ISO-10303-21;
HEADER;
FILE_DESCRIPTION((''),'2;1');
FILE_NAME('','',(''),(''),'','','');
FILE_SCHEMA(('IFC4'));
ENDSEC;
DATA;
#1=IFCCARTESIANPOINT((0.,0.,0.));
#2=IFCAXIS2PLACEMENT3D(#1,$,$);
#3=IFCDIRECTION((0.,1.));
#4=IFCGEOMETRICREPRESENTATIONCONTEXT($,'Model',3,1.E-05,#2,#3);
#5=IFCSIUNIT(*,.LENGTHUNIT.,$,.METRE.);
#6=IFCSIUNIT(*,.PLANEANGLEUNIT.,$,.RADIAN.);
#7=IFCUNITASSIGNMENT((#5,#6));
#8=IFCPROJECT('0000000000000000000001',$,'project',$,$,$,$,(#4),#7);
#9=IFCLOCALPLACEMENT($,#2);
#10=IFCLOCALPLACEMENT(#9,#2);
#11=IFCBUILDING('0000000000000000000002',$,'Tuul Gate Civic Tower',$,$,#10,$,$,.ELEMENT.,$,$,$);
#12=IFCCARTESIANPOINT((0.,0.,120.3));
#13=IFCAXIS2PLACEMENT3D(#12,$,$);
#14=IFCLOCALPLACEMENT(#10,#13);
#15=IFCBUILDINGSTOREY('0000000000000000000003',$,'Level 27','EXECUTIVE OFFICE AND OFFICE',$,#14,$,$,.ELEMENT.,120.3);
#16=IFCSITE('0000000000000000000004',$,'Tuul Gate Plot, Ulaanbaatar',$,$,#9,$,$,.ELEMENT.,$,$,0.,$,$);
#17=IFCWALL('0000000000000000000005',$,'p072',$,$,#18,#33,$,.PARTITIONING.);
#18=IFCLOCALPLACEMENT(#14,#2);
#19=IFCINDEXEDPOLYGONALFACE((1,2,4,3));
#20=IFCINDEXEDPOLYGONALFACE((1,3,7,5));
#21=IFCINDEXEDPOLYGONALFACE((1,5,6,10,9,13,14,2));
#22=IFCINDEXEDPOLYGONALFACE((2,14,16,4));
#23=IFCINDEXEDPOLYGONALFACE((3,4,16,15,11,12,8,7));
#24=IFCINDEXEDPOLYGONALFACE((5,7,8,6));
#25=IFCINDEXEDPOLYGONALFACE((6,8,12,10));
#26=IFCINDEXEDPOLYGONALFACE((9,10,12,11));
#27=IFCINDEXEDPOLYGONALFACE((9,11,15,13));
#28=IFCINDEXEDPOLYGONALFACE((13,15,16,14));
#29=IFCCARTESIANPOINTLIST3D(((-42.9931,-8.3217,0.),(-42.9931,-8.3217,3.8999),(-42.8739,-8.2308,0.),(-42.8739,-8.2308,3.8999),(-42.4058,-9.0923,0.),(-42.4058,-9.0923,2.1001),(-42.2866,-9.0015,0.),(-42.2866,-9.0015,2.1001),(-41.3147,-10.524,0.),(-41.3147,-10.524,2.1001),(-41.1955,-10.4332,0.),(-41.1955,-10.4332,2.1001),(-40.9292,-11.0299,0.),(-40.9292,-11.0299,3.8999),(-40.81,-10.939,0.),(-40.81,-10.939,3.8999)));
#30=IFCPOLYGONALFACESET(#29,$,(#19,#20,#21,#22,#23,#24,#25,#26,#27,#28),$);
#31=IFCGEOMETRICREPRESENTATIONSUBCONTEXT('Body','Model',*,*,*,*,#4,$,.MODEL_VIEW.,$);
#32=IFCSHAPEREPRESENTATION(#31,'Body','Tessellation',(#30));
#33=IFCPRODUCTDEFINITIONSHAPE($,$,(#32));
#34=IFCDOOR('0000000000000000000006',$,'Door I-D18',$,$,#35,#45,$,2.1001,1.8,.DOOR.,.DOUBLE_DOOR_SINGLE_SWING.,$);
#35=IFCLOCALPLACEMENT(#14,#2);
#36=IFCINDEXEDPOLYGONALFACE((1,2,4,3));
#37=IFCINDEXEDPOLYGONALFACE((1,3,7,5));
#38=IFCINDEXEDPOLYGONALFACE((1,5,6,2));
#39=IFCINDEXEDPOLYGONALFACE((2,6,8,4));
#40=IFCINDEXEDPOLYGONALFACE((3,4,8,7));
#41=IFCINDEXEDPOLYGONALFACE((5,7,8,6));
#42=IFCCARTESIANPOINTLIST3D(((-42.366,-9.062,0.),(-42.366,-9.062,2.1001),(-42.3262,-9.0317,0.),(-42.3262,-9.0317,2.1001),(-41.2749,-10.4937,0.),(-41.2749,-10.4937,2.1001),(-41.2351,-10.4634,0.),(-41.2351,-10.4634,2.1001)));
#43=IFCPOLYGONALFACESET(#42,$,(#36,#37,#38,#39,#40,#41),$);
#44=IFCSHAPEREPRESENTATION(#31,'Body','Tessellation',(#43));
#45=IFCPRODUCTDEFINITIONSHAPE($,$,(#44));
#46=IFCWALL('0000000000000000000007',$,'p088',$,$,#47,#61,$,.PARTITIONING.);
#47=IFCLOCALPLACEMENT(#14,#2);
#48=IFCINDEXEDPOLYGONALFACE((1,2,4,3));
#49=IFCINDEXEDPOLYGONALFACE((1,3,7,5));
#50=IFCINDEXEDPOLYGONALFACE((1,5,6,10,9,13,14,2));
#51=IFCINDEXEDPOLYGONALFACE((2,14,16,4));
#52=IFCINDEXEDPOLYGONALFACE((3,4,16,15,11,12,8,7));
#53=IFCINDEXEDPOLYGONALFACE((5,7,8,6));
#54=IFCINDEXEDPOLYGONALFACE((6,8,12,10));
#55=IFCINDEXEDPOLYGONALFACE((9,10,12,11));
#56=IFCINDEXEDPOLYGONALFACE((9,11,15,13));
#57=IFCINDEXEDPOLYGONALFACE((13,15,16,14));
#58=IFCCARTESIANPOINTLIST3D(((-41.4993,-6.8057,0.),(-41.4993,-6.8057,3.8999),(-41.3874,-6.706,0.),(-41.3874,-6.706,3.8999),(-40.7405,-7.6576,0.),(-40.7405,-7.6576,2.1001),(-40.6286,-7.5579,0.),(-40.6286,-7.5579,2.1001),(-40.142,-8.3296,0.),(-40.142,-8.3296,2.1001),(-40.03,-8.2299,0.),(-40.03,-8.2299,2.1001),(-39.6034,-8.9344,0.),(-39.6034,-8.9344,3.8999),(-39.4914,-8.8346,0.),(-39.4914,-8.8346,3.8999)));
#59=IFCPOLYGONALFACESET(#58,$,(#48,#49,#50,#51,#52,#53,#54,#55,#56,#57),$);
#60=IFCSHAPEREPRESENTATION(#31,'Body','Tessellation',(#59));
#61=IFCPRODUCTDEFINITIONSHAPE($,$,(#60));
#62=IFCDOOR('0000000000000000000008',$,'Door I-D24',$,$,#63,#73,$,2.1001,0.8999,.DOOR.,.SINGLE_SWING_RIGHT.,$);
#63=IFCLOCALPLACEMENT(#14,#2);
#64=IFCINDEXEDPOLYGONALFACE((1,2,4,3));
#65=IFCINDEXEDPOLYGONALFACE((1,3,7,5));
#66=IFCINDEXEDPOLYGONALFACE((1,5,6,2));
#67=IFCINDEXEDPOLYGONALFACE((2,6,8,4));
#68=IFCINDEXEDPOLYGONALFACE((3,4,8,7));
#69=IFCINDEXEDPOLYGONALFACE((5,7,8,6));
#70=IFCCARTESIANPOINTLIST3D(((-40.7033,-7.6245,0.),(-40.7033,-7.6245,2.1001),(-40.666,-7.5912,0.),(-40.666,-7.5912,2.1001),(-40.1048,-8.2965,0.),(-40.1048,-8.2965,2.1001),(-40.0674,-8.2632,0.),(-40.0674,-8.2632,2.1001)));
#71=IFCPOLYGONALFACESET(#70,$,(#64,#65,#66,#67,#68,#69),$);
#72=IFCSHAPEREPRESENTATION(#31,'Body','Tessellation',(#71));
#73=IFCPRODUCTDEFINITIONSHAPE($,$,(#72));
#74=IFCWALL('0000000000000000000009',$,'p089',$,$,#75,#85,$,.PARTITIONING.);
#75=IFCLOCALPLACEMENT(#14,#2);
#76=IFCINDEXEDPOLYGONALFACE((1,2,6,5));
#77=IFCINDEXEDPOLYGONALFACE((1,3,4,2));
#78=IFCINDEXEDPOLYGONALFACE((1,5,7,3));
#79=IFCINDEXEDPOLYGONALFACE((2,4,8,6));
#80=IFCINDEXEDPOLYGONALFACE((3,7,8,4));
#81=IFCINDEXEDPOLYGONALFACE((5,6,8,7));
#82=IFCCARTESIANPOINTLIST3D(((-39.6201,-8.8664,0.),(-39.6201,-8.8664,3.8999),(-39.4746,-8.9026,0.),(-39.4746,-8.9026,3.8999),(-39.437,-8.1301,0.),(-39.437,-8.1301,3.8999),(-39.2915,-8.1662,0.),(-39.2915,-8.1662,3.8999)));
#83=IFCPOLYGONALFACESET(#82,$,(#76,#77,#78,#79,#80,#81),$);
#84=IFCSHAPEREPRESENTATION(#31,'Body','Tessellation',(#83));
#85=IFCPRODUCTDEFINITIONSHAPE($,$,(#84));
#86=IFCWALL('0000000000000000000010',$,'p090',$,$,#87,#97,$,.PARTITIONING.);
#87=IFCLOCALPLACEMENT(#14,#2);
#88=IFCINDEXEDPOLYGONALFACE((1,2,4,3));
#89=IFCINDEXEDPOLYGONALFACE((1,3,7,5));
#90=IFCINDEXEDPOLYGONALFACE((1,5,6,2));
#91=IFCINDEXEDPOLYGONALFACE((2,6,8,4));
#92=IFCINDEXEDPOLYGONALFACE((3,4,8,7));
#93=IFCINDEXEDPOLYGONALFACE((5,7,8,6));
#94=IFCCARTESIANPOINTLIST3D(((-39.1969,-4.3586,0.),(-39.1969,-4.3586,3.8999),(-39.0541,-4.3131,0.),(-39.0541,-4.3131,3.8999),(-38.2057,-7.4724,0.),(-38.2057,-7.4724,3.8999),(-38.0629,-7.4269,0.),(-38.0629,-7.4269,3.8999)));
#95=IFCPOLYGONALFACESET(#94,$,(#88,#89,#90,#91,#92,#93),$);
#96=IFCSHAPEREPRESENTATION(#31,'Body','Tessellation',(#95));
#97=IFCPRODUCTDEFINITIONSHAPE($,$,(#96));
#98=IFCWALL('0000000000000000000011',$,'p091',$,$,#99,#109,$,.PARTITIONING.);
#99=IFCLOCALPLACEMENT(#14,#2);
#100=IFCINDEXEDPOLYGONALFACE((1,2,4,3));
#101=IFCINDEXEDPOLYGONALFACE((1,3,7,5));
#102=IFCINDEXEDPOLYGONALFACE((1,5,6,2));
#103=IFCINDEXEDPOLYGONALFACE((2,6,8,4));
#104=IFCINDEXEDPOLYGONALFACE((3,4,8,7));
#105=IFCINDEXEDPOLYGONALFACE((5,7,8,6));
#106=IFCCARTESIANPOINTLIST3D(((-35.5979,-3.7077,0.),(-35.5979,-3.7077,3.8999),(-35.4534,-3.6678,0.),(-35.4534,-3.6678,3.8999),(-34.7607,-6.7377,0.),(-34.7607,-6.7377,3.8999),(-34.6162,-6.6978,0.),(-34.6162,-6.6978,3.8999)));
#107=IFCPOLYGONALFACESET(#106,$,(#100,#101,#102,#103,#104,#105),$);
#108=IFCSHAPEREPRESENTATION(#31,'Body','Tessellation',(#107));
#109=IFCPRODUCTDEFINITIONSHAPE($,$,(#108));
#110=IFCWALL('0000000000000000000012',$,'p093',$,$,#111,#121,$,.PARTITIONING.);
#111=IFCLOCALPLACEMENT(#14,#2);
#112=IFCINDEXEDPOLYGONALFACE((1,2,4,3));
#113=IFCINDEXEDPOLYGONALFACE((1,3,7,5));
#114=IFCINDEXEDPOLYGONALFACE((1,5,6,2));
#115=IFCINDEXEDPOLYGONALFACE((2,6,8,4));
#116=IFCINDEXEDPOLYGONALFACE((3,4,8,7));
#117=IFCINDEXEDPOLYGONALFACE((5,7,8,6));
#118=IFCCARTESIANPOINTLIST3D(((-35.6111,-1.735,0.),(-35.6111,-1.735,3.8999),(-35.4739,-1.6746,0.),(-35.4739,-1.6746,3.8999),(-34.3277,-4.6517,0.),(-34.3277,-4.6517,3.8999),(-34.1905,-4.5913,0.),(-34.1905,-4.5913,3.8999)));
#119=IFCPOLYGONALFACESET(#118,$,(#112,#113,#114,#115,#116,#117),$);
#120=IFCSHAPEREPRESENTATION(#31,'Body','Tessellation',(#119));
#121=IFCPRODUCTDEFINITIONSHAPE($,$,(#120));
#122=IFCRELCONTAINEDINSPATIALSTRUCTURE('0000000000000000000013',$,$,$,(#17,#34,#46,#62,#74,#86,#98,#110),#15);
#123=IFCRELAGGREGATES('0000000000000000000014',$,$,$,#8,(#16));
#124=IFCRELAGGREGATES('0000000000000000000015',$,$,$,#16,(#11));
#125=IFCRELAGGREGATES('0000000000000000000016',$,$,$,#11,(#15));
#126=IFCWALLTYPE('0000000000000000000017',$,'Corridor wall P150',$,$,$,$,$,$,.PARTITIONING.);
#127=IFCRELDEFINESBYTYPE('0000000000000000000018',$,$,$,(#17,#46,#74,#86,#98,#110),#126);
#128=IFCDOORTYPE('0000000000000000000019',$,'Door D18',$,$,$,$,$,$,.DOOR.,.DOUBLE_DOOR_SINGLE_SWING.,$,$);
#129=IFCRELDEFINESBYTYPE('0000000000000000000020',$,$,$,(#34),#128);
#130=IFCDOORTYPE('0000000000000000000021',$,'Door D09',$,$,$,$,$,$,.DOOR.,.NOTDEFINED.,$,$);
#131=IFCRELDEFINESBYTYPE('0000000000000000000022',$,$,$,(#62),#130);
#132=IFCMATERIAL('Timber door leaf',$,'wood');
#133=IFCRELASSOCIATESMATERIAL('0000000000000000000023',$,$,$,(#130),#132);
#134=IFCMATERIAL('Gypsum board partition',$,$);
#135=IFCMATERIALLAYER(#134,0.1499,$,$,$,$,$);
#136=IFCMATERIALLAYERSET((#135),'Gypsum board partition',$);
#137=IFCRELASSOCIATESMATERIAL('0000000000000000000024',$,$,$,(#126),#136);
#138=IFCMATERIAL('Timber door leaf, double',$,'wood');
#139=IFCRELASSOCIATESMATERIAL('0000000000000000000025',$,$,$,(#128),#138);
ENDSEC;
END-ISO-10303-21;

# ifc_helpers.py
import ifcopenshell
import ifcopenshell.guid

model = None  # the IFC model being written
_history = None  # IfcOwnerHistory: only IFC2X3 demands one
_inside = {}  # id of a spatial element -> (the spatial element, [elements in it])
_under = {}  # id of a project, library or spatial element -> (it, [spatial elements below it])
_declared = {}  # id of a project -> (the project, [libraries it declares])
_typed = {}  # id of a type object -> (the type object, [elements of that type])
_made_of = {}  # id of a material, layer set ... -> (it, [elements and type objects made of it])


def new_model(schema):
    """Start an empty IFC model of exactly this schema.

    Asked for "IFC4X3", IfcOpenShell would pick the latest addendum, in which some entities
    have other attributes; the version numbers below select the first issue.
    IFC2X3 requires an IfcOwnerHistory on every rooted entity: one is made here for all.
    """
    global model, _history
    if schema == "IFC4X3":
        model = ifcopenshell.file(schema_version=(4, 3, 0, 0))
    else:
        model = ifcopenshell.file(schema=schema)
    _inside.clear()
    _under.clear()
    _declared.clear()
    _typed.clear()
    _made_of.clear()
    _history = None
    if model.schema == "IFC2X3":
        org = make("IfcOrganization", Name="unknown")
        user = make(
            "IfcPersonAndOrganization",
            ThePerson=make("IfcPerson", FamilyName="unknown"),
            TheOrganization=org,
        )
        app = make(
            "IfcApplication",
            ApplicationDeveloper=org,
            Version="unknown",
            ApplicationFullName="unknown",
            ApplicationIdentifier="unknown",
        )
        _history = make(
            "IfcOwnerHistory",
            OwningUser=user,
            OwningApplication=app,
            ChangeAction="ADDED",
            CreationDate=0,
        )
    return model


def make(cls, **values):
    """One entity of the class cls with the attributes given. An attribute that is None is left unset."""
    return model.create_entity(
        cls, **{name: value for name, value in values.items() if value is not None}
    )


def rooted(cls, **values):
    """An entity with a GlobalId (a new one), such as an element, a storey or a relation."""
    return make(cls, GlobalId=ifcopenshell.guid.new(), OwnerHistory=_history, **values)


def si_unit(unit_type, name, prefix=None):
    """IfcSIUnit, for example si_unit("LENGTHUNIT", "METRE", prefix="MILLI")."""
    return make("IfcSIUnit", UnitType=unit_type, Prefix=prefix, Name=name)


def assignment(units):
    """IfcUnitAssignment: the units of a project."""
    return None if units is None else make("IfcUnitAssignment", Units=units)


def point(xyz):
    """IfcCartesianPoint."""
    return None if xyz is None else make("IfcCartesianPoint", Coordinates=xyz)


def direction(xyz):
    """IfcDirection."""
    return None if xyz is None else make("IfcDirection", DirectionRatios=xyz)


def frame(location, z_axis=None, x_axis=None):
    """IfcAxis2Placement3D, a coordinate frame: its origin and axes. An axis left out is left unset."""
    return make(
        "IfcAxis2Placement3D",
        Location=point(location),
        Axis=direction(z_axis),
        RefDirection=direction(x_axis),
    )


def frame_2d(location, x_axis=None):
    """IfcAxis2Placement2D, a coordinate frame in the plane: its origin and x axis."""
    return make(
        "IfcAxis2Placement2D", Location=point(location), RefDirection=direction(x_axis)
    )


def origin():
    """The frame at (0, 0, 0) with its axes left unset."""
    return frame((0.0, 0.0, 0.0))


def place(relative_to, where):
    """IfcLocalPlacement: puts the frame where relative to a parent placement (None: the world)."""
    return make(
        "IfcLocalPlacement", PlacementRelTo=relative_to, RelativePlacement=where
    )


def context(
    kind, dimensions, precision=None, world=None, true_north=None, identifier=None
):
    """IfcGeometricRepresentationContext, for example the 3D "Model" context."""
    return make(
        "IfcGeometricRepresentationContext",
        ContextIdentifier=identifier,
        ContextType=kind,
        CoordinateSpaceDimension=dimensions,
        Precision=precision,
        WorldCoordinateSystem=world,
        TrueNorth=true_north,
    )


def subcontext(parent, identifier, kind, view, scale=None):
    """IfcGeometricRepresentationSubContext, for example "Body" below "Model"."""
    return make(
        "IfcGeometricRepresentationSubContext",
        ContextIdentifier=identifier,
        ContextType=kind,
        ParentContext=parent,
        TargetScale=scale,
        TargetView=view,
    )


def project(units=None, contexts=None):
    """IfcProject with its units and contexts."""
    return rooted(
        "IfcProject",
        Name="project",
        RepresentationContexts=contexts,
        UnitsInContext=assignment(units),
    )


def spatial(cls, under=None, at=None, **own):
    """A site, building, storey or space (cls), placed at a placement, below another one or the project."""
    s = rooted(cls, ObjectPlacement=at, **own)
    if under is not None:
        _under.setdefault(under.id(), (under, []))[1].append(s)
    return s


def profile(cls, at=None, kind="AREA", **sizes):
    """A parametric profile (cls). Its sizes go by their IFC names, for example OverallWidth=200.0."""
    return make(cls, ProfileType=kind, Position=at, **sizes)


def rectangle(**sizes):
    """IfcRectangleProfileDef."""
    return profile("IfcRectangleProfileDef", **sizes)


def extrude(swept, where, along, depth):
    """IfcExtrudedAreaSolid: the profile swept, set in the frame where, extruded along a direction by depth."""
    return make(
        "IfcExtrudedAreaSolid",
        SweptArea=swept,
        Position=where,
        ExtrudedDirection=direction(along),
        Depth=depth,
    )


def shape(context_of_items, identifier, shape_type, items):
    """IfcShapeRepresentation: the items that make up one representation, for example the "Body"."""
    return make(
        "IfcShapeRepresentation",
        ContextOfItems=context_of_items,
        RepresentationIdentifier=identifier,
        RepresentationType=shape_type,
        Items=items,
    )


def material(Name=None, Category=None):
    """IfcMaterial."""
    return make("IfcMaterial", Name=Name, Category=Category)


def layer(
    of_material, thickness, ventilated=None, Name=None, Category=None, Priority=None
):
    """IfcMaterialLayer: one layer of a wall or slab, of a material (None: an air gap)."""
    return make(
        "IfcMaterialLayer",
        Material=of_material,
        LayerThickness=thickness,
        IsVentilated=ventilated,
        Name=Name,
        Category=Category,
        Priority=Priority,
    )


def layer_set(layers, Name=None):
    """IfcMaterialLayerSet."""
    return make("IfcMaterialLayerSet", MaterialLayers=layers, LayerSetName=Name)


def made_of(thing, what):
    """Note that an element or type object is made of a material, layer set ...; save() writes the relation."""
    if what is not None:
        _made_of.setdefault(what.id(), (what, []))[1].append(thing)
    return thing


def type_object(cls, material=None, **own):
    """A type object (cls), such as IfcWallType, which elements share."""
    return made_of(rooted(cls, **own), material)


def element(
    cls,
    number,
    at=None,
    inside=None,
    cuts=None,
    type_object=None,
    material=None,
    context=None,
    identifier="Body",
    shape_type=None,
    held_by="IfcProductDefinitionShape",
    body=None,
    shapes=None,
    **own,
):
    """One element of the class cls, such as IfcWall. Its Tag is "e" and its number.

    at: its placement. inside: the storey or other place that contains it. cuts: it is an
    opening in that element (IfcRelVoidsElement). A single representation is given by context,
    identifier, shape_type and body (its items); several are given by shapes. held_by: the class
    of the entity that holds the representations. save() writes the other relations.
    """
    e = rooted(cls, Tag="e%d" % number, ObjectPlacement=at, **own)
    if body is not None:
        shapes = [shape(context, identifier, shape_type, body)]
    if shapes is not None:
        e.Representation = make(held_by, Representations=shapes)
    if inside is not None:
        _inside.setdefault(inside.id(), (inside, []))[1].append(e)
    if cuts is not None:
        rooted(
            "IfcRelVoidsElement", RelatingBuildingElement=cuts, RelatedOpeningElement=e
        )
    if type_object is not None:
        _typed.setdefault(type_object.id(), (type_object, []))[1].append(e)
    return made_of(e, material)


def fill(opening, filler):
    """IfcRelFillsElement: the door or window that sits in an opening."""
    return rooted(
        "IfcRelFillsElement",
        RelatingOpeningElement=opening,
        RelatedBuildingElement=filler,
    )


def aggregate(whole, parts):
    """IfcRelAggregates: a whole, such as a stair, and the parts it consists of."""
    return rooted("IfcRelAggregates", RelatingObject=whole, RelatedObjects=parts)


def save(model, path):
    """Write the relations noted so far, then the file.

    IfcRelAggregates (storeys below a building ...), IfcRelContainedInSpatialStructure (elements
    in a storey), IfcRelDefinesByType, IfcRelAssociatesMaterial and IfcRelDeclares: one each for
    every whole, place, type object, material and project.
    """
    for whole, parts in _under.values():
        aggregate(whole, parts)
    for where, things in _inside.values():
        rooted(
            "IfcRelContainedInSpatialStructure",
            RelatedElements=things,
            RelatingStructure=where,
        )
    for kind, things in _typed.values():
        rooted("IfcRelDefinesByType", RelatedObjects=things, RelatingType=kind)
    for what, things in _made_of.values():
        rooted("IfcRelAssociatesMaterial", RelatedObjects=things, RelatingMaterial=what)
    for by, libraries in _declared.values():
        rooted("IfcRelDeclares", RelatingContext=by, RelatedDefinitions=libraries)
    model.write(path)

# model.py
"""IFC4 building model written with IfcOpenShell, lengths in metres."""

from ifc_helpers import new_model, si_unit, direction, frame, frame_2d, origin, place, context, subcontext, project, spatial, rectangle, extrude, material, layer, layer_set, type_object, element, fill, save


model = new_model("IFC4")

# Units and contexts
model_context = context("Model", 3, precision=1e-05, world=origin(), true_north=direction((0.0, 1.0)))
body_context = subcontext(model_context, "Body", "Model", "MODEL_VIEW")
ifc_project = project(units=[si_unit("LENGTHUNIT", "METRE"), si_unit("PLANEANGLEUNIT", "RADIAN")], contexts=[model_context])

# Site, building, storey
site_placement = place(None, origin())
site = spatial("IfcSite", under=ifc_project, at=site_placement, Name="Tuul Gate Plot, Ulaanbaatar", CompositionType="ELEMENT", RefElevation=0.0)
building_placement = place(site_placement, origin())
building = spatial("IfcBuilding", under=site, at=building_placement, Name="Tuul Gate Civic Tower", CompositionType="ELEMENT")
storey_placement = place(building_placement, frame((0.0, 0.0, 120.3)))
storey = spatial("IfcBuildingStorey", under=building, at=storey_placement, Name="Level 27", Description="EXECUTIVE OFFICE AND OFFICE", CompositionType="ELEMENT", Elevation=120.3)

# Walls, openings, doors
ifc_material_1 = material(Name="Timber door leaf", Category="wood")
door_type_1 = type_object("IfcDoorType", Name="Door D09", OperationType="NOTDEFINED", PredefinedType="DOOR", material=ifc_material_1)
ifc_material_2 = material(Name="Gypsum board partition")
ifc_layer_1 = layer(ifc_material_2, 0.1499)
ifc_layer_set_1 = layer_set([ifc_layer_1], Name="Gypsum board partition")
wall_type_1 = type_object("IfcWallType", Name="Corridor wall P150", PredefinedType="PARTITIONING", material=ifc_layer_set_1)
wall_1_placement = place(storey_placement, frame((-42.9336, -8.2761, 0.0), z_axis=(0.0, 0.0, 1.0), x_axis=(0.606143, -0.795356, 0.0)))
wall_1 = element("IfcWall", 1, at=wall_1_placement, inside=storey, type_object=wall_type_1, Name="p072", PredefinedType="PARTITIONING", context=body_context, shape_type="SweptSolid", body=[
    extrude(rectangle(XDim=3.405, YDim=0.1499, at=frame_2d((1.7026, 0.0))), origin(), (0.0, 0.0, 1.0), 3.8999),
])
opening_1_placement = place(wall_1_placement, frame((0.9692, 0.0, 0.0)))
opening_1 = element("IfcOpeningElement", 2, at=opening_1_placement, cuts=wall_1, PredefinedType="OPENING", context=body_context, shape_type="SweptSolid", body=[
    extrude(rectangle(XDim=1.8, YDim=2.1001, at=frame_2d((0.8999, 1.05))), frame((0.0, 0.085, 0.0), z_axis=(0.0, -1.0, 0.0), x_axis=(1.0, 0.0, 0.0)), (0.0, 0.0, 1.0), 0.1699),
])
ifc_material_3 = material(Name="Timber door leaf, double", Category="wood")
door_type_2 = type_object("IfcDoorType", Name="Door D18", OperationType="DOUBLE_DOOR_SINGLE_SWING", PredefinedType="DOOR", material=ifc_material_3)
door_1_placement = place(opening_1_placement, frame((1.8, 0.0, 0.0), z_axis=(0.0, 0.0, 1.0), x_axis=(-1.0, 0.0, 0.0)))
door_1 = element("IfcDoor", 3, at=door_1_placement, inside=storey, type_object=door_type_2, Name="Door I-D18", OperationType="DOUBLE_DOOR_SINGLE_SWING", OverallHeight=2.1001, OverallWidth=1.8, PredefinedType="DOOR", context=body_context, shape_type="SweptSolid", body=[
    extrude(rectangle(XDim=1.8, YDim=2.1001, at=frame_2d((0.9001, 1.05))), frame((0.0, 0.0249, 0.0), z_axis=(0.0, -1.0, 0.0), x_axis=(1.0, 0.0, 0.0)), (0.0, 0.0, 1.0), 0.05),
])
fill(opening_1, door_1)
wall_2_placement = place(storey_placement, frame((-41.4434, -6.7559, 0.0), z_axis=(0.0, 0.0, 1.0), x_axis=(0.665118, -0.746738, 0.0)))
wall_2 = element("IfcWall", 4, at=wall_2_placement, inside=storey, type_object=wall_type_1, Name="p088", PredefinedType="PARTITIONING", context=body_context, shape_type="SweptSolid", body=[
    extrude(rectangle(XDim=2.8506, YDim=0.1499, at=frame_2d((1.4253, 0.0))), origin(), (0.0, 0.0, 1.0), 3.8999),
])
opening_2_placement = place(wall_2_placement, frame((1.1409, 0.0, 0.0)))
opening_2 = element("IfcOpeningElement", 5, at=opening_2_placement, cuts=wall_2, PredefinedType="OPENING", context=body_context, shape_type="SweptSolid", body=[
    extrude(rectangle(XDim=0.8999, YDim=2.1001, at=frame_2d((0.45, 1.05))), frame((0.0, 0.085, 0.0), z_axis=(0.0, -1.0, 0.0), x_axis=(1.0, 0.0, 0.0)), (0.0, 0.0, 1.0), 0.1699),
])
door_2_placement = place(opening_2_placement, origin())
door_2 = element("IfcDoor", 6, at=door_2_placement, inside=storey, type_object=door_type_1, Name="Door I-D24", OperationType="SINGLE_SWING_RIGHT", OverallHeight=2.1001, OverallWidth=0.8999, PredefinedType="DOOR", context=body_context, shape_type="SweptSolid", body=[
    extrude(rectangle(XDim=0.8999, YDim=2.1001, at=frame_2d((0.45, 1.05))), frame((0.0, 0.0249, 0.0), z_axis=(0.0, -1.0, 0.0), x_axis=(1.0, 0.0, 0.0)), (0.0, 0.0, 1.0), 0.05),
])
fill(opening_2, door_2)

# Walls
wall_3_placement = place(storey_placement, frame((-39.5474, -8.8845, 0.0), z_axis=(0.0, 0.0, 1.0), x_axis=(0.241324, 0.970445, 0.0)))
element("IfcWall", 7, at=wall_3_placement, inside=storey, type_object=wall_type_1, Name="p089", PredefinedType="PARTITIONING", context=body_context, shape_type="SweptSolid", body=[
    extrude(rectangle(XDim=0.7588, YDim=0.1499, at=frame_2d((0.3794, 0.0))), origin(), (0.0, 0.0, 1.0), 3.8999),
])
wall_4_placement = place(storey_placement, frame((-39.1255, -4.3359, 0.0), z_axis=(0.0, 0.0, 1.0), x_axis=(0.303333, -0.952885, 0.0)))
element("IfcWall", 8, at=wall_4_placement, inside=storey, type_object=wall_type_1, Name="p090", PredefinedType="PARTITIONING", context=body_context, shape_type="SweptSolid", body=[
    extrude(rectangle(XDim=3.2678, YDim=0.1499, at=frame_2d((1.6338, 0.0))), origin(), (0.0, 0.0, 1.0), 3.8999),
])
wall_5_placement = place(storey_placement, frame((-35.5256, -3.6877, 0.0), z_axis=(0.0, 0.0, 1.0), x_axis=(0.26631, -0.963888, 0.0)))
element("IfcWall", 9, at=wall_5_placement, inside=storey, type_object=wall_type_1, Name="p091", PredefinedType="PARTITIONING", context=body_context, shape_type="SweptSolid", body=[
    extrude(rectangle(XDim=3.1436, YDim=0.1499, at=frame_2d((1.5718, 0.0))), origin(), (0.0, 0.0, 1.0), 3.8999),
])
wall_6_placement = place(storey_placement, frame((-35.5425, -1.7048, 0.0), z_axis=(0.0, 0.0, 1.0), x_axis=(0.402759, -0.915306, 0.0)))
element("IfcWall", 10, at=wall_6_placement, inside=storey, type_object=wall_type_1, Name="p093", PredefinedType="PARTITIONING", context=body_context, shape_type="SweptSolid", body=[
    extrude(rectangle(XDim=3.1865, YDim=0.1499, at=frame_2d((1.5933, 0.0))), origin(), (0.0, 0.0, 1.0), 3.8999),
])

save(model, "model.ifc")
